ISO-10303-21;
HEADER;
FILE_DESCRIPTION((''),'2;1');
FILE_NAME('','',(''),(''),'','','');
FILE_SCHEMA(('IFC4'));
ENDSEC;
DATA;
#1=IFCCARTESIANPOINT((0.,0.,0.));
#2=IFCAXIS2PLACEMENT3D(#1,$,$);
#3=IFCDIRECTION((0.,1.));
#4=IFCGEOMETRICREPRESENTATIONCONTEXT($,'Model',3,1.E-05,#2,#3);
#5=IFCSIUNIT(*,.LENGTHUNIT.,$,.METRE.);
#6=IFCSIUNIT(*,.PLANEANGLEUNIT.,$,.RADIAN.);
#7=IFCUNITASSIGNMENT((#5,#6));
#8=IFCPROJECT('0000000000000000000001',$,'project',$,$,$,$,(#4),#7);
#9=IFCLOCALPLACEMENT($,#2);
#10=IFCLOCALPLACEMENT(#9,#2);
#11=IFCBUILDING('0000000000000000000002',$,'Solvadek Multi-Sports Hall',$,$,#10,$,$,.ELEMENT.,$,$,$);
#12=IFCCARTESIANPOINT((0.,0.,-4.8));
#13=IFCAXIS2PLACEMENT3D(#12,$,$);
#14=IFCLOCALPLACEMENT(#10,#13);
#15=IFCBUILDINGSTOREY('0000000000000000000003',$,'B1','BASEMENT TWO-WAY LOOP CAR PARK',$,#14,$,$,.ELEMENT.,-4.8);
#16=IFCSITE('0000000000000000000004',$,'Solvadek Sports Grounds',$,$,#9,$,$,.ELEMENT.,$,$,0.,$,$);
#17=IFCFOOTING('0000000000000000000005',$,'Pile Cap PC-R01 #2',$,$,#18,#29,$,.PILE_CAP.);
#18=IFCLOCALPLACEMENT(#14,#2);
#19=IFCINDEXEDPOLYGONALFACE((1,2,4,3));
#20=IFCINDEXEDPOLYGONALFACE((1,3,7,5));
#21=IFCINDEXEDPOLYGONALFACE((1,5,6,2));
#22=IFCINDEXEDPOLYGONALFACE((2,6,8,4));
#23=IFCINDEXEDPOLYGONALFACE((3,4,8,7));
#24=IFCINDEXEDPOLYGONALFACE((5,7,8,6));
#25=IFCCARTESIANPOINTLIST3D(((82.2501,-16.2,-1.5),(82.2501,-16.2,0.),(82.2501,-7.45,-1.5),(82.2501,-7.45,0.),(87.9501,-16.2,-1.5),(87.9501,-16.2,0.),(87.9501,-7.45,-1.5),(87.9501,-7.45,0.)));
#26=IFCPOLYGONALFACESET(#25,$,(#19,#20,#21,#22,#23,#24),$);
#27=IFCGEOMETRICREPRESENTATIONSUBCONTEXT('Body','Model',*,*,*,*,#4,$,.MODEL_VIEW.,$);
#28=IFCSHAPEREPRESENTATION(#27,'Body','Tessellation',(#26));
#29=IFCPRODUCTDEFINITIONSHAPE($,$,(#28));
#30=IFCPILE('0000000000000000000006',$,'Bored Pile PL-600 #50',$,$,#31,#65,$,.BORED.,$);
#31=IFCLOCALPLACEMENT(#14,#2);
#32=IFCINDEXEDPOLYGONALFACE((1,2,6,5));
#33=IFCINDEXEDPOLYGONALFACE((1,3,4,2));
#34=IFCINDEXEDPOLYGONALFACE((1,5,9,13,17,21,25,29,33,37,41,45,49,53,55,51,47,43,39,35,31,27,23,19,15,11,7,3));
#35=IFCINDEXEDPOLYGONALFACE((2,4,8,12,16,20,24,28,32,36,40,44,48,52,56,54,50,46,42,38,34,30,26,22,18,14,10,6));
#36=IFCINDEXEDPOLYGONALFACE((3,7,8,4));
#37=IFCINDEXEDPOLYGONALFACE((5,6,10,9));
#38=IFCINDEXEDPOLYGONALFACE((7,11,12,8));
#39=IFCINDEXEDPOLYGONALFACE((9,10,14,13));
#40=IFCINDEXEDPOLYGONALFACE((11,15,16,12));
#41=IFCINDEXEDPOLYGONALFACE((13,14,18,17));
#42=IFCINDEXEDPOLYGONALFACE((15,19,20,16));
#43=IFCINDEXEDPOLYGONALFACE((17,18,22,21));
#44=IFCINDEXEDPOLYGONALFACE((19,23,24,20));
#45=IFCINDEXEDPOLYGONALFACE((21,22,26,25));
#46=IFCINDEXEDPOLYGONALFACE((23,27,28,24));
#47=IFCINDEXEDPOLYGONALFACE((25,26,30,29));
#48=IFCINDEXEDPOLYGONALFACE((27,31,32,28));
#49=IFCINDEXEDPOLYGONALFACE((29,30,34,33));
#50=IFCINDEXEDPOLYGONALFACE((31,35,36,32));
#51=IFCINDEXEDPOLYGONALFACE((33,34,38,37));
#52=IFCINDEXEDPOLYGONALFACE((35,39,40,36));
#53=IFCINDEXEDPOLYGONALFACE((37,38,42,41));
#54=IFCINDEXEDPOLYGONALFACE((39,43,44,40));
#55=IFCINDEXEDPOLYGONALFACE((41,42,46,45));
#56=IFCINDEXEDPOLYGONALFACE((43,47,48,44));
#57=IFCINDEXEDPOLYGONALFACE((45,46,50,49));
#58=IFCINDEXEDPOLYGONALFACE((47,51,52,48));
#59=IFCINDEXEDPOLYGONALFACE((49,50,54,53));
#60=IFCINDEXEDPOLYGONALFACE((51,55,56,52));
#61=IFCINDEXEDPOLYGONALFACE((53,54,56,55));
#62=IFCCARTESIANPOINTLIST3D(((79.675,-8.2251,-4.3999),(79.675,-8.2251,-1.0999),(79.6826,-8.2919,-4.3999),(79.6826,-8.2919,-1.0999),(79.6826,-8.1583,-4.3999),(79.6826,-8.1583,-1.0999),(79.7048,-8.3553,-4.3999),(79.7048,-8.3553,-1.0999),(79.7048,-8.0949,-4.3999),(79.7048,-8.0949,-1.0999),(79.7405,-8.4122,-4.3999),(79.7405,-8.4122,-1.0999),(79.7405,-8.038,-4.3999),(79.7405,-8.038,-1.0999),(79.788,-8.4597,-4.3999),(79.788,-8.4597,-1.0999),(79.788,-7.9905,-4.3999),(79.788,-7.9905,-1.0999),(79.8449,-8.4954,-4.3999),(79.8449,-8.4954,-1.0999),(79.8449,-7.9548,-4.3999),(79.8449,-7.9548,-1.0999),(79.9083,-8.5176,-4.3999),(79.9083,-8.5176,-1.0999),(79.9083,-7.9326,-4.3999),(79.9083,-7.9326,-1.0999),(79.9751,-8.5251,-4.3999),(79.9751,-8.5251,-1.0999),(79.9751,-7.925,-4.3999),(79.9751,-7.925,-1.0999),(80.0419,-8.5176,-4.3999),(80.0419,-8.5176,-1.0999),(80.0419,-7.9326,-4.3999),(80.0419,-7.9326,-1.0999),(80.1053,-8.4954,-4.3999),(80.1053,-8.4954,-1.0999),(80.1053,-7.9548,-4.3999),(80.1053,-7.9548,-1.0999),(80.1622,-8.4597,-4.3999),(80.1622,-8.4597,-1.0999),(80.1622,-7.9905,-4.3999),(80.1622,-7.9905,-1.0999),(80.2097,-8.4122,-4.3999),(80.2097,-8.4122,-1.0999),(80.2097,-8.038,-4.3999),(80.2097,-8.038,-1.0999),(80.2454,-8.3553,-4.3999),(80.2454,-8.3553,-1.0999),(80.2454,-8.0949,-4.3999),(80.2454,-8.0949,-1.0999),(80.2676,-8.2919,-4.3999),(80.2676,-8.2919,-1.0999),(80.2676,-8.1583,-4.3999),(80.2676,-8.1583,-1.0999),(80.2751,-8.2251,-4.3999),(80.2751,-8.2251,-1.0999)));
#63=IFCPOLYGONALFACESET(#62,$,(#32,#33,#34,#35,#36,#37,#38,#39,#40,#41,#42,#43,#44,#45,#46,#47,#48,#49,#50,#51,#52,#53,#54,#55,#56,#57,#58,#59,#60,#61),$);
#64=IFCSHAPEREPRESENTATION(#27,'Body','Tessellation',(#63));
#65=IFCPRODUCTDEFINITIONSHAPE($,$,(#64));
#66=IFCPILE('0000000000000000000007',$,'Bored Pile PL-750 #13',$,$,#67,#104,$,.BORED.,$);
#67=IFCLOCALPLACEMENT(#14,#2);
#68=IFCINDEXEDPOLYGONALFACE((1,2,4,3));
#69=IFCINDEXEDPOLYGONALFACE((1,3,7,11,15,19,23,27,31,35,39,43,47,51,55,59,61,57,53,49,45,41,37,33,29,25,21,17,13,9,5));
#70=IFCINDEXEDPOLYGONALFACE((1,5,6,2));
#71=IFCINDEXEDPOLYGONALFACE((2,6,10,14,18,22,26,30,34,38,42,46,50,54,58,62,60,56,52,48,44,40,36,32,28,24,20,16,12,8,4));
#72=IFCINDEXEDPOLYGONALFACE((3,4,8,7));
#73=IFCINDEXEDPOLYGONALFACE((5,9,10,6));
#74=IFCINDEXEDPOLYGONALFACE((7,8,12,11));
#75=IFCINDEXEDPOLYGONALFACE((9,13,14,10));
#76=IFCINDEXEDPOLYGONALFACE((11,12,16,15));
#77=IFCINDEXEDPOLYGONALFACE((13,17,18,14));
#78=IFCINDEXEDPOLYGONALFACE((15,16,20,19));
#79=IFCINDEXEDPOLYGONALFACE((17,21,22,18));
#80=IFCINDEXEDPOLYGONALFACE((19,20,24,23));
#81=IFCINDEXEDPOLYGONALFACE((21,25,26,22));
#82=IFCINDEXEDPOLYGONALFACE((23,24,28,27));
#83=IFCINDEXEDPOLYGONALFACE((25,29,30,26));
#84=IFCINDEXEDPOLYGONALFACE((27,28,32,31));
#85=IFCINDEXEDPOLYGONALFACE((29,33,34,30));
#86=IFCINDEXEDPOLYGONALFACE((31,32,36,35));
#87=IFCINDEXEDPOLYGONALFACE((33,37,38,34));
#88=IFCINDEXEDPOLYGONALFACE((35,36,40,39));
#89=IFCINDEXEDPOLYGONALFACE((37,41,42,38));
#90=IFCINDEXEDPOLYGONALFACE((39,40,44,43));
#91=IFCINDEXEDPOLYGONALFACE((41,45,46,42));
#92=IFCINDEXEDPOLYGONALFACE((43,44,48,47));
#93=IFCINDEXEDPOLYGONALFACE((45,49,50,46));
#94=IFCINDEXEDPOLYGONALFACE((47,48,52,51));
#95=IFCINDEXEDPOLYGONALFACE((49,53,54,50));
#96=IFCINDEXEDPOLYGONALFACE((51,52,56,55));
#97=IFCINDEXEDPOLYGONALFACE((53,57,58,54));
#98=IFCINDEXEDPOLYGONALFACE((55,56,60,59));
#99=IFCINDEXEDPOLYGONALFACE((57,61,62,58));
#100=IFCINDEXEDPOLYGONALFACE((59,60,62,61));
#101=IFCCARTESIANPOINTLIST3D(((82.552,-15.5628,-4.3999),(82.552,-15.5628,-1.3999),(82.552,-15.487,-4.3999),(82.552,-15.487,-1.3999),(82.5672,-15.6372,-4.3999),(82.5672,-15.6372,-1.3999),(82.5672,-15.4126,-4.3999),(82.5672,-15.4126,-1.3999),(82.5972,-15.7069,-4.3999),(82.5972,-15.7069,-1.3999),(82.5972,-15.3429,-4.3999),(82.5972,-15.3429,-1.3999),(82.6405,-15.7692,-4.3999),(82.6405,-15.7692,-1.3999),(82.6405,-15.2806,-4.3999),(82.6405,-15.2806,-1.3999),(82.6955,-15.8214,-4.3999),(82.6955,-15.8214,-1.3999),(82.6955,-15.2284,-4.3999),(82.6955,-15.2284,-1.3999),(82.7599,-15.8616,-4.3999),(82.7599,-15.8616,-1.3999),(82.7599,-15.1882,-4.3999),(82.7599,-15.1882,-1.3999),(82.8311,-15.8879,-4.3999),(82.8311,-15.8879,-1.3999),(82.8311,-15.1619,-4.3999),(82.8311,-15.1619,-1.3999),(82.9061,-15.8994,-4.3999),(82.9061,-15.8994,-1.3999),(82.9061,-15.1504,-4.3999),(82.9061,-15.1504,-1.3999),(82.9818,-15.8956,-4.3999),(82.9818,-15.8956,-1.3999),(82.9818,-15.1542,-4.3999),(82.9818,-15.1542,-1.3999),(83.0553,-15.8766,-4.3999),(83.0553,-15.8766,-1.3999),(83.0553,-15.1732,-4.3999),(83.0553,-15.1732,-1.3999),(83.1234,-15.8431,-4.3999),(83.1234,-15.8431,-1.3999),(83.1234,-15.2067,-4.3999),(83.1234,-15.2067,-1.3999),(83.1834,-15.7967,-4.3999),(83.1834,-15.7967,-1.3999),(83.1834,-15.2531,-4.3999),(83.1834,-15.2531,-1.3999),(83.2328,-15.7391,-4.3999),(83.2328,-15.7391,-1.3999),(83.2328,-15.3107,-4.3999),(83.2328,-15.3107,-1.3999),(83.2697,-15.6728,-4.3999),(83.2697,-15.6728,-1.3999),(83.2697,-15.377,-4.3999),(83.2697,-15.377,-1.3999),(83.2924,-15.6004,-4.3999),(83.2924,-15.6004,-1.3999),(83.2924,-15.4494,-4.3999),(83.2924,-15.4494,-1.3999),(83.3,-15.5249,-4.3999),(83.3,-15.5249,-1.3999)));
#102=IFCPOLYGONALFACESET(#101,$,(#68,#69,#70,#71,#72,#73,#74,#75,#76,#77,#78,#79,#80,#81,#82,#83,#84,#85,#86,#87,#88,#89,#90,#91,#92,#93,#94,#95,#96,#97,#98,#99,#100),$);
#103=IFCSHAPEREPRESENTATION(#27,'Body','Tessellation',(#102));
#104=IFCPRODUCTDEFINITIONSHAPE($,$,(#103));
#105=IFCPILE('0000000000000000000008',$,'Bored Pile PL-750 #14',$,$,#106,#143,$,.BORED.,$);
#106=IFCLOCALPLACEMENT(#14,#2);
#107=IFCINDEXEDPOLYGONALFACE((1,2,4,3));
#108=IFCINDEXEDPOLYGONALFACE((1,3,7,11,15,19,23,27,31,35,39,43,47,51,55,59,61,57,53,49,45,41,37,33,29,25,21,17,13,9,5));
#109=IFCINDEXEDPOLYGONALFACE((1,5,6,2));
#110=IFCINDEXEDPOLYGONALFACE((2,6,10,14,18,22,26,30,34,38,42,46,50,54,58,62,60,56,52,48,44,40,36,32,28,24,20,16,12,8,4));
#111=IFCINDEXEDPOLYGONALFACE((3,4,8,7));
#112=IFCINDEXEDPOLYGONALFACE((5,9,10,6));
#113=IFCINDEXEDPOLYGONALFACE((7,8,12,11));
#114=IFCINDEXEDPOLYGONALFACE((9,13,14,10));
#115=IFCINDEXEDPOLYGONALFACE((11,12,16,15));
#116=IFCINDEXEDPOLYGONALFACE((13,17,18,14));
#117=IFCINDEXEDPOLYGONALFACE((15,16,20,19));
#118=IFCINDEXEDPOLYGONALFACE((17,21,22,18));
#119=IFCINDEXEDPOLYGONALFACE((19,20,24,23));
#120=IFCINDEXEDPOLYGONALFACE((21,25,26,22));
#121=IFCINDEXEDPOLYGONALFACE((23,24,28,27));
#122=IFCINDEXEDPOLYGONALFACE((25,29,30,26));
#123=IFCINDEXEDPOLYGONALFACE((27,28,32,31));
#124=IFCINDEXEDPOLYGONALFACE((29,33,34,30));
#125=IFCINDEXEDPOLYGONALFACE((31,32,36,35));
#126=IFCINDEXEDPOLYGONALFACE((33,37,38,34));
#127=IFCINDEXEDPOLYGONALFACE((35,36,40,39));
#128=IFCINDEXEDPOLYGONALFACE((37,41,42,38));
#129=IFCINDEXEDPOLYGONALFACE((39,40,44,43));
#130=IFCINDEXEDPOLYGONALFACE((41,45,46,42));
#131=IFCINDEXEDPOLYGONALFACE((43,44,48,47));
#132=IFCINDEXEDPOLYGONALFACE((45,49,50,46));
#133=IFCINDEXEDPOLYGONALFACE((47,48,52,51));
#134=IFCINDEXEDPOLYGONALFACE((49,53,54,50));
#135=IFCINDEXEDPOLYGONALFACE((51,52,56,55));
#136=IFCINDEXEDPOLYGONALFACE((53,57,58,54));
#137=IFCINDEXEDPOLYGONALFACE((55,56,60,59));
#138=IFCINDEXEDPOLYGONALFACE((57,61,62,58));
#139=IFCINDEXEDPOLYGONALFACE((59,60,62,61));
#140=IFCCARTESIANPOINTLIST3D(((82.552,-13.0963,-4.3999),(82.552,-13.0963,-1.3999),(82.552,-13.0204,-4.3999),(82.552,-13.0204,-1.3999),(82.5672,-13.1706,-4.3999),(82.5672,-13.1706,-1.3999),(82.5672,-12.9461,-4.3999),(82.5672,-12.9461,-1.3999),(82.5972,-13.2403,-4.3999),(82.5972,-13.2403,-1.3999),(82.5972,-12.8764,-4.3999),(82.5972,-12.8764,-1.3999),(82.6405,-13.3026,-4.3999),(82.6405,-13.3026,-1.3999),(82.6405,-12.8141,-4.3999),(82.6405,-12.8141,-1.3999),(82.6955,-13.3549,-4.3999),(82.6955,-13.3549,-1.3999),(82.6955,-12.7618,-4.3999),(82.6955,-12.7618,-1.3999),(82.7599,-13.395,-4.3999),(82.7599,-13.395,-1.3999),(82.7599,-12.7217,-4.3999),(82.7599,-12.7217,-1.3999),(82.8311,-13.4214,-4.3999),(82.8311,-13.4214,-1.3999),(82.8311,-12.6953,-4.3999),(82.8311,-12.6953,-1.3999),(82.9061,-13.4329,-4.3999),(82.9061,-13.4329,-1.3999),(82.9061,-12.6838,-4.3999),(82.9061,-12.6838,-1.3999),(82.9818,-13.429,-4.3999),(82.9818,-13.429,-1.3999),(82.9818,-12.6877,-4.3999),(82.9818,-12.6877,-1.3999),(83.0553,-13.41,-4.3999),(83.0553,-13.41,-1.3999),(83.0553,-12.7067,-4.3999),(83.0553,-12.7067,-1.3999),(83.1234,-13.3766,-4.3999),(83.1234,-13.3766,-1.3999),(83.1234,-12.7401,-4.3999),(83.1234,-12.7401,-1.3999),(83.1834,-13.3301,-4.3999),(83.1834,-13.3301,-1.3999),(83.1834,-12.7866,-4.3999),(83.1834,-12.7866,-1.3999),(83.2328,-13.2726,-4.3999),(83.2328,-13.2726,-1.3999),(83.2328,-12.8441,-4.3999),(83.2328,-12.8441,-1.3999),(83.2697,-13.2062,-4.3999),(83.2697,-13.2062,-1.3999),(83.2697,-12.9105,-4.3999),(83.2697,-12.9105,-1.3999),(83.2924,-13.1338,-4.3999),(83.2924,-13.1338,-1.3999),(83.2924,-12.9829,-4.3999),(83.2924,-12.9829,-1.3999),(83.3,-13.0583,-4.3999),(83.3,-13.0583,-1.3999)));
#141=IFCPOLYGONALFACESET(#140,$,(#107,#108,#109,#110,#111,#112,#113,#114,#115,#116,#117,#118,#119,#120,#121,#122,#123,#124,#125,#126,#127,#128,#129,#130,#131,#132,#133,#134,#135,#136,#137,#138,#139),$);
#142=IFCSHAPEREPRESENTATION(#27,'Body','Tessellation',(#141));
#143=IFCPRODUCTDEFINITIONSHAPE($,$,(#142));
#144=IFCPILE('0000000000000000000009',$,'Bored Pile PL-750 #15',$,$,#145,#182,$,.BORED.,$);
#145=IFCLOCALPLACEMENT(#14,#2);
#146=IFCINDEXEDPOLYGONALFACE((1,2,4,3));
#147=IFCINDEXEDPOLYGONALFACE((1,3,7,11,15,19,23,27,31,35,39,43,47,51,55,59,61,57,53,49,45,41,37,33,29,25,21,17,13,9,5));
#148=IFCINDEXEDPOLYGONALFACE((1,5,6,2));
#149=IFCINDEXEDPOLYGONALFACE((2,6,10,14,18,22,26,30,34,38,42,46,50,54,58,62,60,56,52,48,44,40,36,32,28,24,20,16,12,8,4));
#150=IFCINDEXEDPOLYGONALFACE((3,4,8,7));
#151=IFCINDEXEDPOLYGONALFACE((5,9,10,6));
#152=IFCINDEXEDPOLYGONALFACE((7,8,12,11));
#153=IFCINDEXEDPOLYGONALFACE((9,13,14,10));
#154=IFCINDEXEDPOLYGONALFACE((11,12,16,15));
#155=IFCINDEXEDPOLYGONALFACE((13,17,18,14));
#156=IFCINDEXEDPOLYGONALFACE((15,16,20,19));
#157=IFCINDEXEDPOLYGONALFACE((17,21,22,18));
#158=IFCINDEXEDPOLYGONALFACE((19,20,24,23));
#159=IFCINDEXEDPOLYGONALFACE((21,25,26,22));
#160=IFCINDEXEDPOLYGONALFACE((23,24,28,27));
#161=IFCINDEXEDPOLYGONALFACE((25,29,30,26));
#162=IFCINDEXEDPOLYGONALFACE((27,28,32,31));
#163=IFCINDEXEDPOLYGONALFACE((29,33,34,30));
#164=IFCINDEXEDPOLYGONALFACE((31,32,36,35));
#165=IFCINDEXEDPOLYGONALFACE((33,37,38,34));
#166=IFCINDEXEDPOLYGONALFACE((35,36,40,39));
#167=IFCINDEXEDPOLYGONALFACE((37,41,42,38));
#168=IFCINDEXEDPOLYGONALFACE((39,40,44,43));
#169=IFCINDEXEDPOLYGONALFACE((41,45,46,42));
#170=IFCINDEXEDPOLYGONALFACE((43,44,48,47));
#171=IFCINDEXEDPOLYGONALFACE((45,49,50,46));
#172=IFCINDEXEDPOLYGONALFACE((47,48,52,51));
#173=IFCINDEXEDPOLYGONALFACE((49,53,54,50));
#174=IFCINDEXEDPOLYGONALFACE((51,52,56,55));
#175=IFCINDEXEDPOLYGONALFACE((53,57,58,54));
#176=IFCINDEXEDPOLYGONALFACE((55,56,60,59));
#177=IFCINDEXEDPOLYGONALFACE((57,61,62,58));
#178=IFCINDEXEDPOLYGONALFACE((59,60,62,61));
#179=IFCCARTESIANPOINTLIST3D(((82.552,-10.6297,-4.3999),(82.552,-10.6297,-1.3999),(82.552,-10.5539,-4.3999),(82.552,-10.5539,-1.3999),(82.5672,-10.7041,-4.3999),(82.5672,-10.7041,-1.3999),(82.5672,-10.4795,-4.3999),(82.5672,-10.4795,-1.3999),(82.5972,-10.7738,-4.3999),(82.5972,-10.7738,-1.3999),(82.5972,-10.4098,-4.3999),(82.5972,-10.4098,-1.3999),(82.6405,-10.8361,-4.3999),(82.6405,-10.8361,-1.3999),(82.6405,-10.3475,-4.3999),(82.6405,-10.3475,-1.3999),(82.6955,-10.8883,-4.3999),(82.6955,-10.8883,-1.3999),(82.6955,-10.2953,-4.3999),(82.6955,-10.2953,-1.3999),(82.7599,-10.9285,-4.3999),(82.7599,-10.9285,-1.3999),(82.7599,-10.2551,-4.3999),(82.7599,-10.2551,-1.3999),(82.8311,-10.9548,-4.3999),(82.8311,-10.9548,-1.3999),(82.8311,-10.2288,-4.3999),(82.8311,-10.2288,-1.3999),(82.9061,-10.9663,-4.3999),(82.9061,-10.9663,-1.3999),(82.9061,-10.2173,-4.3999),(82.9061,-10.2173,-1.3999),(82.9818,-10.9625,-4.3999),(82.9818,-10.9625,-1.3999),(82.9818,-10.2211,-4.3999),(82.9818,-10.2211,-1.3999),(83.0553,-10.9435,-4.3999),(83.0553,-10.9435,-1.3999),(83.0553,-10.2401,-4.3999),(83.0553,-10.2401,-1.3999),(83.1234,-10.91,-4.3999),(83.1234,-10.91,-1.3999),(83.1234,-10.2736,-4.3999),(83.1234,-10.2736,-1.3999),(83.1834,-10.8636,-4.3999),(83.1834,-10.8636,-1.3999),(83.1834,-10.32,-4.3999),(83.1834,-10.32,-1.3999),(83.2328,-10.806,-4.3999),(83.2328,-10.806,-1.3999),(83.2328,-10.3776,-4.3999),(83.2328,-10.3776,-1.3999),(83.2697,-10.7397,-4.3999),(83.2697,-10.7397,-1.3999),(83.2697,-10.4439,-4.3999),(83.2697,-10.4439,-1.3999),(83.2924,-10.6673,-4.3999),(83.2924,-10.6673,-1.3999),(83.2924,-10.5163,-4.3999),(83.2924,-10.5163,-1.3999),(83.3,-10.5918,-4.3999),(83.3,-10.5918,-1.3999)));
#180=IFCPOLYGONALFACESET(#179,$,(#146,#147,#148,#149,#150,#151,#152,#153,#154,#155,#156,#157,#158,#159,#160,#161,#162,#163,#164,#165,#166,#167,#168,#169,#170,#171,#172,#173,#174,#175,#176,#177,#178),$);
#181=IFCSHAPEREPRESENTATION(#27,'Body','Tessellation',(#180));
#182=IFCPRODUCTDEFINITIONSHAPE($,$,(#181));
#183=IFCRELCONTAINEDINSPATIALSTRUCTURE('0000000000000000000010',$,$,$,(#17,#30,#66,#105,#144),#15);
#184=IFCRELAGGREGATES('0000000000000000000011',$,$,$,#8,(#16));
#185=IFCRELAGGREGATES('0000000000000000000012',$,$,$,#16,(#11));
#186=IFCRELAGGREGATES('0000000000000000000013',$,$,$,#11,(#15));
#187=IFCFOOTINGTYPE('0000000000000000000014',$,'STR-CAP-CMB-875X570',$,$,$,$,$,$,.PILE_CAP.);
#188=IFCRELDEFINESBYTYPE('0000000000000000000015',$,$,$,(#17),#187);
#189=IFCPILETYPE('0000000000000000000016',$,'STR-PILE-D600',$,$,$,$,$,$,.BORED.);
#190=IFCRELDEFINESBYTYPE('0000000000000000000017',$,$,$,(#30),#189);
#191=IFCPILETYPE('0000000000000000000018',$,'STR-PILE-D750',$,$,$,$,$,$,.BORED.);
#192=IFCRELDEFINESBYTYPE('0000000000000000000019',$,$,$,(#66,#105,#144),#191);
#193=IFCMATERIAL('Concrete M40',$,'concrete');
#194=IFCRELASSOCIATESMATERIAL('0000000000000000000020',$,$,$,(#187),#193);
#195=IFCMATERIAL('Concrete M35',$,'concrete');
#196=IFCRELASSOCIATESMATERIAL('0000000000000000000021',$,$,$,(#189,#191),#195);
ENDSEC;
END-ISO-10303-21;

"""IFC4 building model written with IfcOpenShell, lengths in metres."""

from ifc_helpers import new_model, si_unit, direction, frame, origin, origin_2d, place, context, subcontext, project, spatial, rectangle, circle, extrude, material, material_profile, profile_set, type_object, element, save


model = new_model("IFC4")

# Units and contexts
model_context = context("Model", 3, precision=1e-05, world=origin(), true_north=direction((0.0, 1.0)))
body_context = subcontext(model_context, "Body", "Model", "MODEL_VIEW")
ifc_project = project(units=[si_unit("LENGTHUNIT", "METRE"), si_unit("PLANEANGLEUNIT", "RADIAN")], contexts=[model_context])

# Site, building, storey
site_placement = place(None, origin())
site = spatial("IfcSite", under=ifc_project, at=site_placement, Name="Solvadek Sports Grounds", CompositionType="ELEMENT", RefElevation=0.0)
building_placement = place(site_placement, origin())
building = spatial("IfcBuilding", under=site, at=building_placement, Name="Solvadek Multi-Sports Hall", CompositionType="ELEMENT")
storey_placement = place(building_placement, frame((0.0, 0.0, -4.8)))
storey = spatial("IfcBuildingStorey", under=building, at=storey_placement, Name="B1", Description="BASEMENT TWO-WAY LOOP CAR PARK", CompositionType="ELEMENT", Elevation=-4.8)

# Footing
ifc_material_1 = material(Name="Concrete M40", Category="concrete")
footing_type_1 = type_object("IfcFootingType", Name="STR-CAP-CMB-875X570", PredefinedType="PILE_CAP", material=ifc_material_1)
footing_1_placement = place(storey_placement, frame((85.1001, -11.825, -1.5), z_axis=(0.0, 0.0, 1.0), x_axis=(0.0, 1.0, 0.0)))
element("IfcFooting", 1, at=footing_1_placement, inside=storey, type_object=footing_type_1, Name="Pile Cap PC-R01 #2", PredefinedType="PILE_CAP", context=body_context, shape_type="SweptSolid", body=[
    extrude(rectangle(XDim=8.75, YDim=5.7, at=origin_2d()), origin(), (0.0, 0.0, 1.0), 1.5),
])

# Piles
ifc_material_2 = material(Name="Concrete M35", Category="concrete")
ifc_material_profile_1 = material_profile(ifc_material_2, circle(Radius=0.3, at=origin_2d()), Name="BORED PILE D600")
ifc_profile_set_1 = profile_set([ifc_material_profile_1], Name="Concrete M35")
pile_type_1 = type_object("IfcPileType", Name="STR-PILE-D600", PredefinedType="BORED", material=ifc_profile_set_1)
pile_placement = place(storey_placement, frame((79.9751, -8.2251, -1.0999), z_axis=(0.0, 0.0, -1.0), x_axis=(1.0, 0.0, 0.0)))
element("IfcPile", 2, at=pile_placement, inside=storey, type_object=pile_type_1, Name="Bored Pile PL-600 #50", PredefinedType="BORED", context=body_context, shape_type="SweptSolid", body=[
    extrude(circle(Radius=0.3, at=origin_2d()), origin(), (0.0, 0.0, 1.0), 3.3),
])
ifc_material_profile_2 = material_profile(ifc_material_2, circle(Radius=0.375, at=origin_2d()), Name="BORED PILE D750")
ifc_profile_set_2 = profile_set([ifc_material_profile_2], Name="Concrete M35")
pile_type_2 = type_object("IfcPileType", Name="STR-PILE-D750", PredefinedType="BORED", material=ifc_profile_set_2)
for number, where, z_axis, x_axis, name in (
    (3, (82.925, -15.5249, -1.3999), (0.0, 0.0, -1.0), (1.0, 0.0, 0.0), "Bored Pile PL-750 #13"),
    (4, (82.925, -13.0583, -1.3999), (0.0, 0.0, -1.0), (1.0, 0.0, 0.0), "Bored Pile PL-750 #14"),
    (5, (82.925, -10.5918, -1.3999), (0.0, 0.0, -1.0), (1.0, 0.0, 0.0), "Bored Pile PL-750 #15"),
):
    element("IfcPile", number, at=place(storey_placement, frame(where, z_axis=z_axis, x_axis=x_axis)), inside=storey, type_object=pile_type_2, Name=name, PredefinedType="BORED", context=body_context, shape_type="SweptSolid", body=[
        extrude(circle(Radius=0.375, at=origin_2d()), origin(), (0.0, 0.0, 1.0), 3.0),
    ])

save(model, "model.ifc")
